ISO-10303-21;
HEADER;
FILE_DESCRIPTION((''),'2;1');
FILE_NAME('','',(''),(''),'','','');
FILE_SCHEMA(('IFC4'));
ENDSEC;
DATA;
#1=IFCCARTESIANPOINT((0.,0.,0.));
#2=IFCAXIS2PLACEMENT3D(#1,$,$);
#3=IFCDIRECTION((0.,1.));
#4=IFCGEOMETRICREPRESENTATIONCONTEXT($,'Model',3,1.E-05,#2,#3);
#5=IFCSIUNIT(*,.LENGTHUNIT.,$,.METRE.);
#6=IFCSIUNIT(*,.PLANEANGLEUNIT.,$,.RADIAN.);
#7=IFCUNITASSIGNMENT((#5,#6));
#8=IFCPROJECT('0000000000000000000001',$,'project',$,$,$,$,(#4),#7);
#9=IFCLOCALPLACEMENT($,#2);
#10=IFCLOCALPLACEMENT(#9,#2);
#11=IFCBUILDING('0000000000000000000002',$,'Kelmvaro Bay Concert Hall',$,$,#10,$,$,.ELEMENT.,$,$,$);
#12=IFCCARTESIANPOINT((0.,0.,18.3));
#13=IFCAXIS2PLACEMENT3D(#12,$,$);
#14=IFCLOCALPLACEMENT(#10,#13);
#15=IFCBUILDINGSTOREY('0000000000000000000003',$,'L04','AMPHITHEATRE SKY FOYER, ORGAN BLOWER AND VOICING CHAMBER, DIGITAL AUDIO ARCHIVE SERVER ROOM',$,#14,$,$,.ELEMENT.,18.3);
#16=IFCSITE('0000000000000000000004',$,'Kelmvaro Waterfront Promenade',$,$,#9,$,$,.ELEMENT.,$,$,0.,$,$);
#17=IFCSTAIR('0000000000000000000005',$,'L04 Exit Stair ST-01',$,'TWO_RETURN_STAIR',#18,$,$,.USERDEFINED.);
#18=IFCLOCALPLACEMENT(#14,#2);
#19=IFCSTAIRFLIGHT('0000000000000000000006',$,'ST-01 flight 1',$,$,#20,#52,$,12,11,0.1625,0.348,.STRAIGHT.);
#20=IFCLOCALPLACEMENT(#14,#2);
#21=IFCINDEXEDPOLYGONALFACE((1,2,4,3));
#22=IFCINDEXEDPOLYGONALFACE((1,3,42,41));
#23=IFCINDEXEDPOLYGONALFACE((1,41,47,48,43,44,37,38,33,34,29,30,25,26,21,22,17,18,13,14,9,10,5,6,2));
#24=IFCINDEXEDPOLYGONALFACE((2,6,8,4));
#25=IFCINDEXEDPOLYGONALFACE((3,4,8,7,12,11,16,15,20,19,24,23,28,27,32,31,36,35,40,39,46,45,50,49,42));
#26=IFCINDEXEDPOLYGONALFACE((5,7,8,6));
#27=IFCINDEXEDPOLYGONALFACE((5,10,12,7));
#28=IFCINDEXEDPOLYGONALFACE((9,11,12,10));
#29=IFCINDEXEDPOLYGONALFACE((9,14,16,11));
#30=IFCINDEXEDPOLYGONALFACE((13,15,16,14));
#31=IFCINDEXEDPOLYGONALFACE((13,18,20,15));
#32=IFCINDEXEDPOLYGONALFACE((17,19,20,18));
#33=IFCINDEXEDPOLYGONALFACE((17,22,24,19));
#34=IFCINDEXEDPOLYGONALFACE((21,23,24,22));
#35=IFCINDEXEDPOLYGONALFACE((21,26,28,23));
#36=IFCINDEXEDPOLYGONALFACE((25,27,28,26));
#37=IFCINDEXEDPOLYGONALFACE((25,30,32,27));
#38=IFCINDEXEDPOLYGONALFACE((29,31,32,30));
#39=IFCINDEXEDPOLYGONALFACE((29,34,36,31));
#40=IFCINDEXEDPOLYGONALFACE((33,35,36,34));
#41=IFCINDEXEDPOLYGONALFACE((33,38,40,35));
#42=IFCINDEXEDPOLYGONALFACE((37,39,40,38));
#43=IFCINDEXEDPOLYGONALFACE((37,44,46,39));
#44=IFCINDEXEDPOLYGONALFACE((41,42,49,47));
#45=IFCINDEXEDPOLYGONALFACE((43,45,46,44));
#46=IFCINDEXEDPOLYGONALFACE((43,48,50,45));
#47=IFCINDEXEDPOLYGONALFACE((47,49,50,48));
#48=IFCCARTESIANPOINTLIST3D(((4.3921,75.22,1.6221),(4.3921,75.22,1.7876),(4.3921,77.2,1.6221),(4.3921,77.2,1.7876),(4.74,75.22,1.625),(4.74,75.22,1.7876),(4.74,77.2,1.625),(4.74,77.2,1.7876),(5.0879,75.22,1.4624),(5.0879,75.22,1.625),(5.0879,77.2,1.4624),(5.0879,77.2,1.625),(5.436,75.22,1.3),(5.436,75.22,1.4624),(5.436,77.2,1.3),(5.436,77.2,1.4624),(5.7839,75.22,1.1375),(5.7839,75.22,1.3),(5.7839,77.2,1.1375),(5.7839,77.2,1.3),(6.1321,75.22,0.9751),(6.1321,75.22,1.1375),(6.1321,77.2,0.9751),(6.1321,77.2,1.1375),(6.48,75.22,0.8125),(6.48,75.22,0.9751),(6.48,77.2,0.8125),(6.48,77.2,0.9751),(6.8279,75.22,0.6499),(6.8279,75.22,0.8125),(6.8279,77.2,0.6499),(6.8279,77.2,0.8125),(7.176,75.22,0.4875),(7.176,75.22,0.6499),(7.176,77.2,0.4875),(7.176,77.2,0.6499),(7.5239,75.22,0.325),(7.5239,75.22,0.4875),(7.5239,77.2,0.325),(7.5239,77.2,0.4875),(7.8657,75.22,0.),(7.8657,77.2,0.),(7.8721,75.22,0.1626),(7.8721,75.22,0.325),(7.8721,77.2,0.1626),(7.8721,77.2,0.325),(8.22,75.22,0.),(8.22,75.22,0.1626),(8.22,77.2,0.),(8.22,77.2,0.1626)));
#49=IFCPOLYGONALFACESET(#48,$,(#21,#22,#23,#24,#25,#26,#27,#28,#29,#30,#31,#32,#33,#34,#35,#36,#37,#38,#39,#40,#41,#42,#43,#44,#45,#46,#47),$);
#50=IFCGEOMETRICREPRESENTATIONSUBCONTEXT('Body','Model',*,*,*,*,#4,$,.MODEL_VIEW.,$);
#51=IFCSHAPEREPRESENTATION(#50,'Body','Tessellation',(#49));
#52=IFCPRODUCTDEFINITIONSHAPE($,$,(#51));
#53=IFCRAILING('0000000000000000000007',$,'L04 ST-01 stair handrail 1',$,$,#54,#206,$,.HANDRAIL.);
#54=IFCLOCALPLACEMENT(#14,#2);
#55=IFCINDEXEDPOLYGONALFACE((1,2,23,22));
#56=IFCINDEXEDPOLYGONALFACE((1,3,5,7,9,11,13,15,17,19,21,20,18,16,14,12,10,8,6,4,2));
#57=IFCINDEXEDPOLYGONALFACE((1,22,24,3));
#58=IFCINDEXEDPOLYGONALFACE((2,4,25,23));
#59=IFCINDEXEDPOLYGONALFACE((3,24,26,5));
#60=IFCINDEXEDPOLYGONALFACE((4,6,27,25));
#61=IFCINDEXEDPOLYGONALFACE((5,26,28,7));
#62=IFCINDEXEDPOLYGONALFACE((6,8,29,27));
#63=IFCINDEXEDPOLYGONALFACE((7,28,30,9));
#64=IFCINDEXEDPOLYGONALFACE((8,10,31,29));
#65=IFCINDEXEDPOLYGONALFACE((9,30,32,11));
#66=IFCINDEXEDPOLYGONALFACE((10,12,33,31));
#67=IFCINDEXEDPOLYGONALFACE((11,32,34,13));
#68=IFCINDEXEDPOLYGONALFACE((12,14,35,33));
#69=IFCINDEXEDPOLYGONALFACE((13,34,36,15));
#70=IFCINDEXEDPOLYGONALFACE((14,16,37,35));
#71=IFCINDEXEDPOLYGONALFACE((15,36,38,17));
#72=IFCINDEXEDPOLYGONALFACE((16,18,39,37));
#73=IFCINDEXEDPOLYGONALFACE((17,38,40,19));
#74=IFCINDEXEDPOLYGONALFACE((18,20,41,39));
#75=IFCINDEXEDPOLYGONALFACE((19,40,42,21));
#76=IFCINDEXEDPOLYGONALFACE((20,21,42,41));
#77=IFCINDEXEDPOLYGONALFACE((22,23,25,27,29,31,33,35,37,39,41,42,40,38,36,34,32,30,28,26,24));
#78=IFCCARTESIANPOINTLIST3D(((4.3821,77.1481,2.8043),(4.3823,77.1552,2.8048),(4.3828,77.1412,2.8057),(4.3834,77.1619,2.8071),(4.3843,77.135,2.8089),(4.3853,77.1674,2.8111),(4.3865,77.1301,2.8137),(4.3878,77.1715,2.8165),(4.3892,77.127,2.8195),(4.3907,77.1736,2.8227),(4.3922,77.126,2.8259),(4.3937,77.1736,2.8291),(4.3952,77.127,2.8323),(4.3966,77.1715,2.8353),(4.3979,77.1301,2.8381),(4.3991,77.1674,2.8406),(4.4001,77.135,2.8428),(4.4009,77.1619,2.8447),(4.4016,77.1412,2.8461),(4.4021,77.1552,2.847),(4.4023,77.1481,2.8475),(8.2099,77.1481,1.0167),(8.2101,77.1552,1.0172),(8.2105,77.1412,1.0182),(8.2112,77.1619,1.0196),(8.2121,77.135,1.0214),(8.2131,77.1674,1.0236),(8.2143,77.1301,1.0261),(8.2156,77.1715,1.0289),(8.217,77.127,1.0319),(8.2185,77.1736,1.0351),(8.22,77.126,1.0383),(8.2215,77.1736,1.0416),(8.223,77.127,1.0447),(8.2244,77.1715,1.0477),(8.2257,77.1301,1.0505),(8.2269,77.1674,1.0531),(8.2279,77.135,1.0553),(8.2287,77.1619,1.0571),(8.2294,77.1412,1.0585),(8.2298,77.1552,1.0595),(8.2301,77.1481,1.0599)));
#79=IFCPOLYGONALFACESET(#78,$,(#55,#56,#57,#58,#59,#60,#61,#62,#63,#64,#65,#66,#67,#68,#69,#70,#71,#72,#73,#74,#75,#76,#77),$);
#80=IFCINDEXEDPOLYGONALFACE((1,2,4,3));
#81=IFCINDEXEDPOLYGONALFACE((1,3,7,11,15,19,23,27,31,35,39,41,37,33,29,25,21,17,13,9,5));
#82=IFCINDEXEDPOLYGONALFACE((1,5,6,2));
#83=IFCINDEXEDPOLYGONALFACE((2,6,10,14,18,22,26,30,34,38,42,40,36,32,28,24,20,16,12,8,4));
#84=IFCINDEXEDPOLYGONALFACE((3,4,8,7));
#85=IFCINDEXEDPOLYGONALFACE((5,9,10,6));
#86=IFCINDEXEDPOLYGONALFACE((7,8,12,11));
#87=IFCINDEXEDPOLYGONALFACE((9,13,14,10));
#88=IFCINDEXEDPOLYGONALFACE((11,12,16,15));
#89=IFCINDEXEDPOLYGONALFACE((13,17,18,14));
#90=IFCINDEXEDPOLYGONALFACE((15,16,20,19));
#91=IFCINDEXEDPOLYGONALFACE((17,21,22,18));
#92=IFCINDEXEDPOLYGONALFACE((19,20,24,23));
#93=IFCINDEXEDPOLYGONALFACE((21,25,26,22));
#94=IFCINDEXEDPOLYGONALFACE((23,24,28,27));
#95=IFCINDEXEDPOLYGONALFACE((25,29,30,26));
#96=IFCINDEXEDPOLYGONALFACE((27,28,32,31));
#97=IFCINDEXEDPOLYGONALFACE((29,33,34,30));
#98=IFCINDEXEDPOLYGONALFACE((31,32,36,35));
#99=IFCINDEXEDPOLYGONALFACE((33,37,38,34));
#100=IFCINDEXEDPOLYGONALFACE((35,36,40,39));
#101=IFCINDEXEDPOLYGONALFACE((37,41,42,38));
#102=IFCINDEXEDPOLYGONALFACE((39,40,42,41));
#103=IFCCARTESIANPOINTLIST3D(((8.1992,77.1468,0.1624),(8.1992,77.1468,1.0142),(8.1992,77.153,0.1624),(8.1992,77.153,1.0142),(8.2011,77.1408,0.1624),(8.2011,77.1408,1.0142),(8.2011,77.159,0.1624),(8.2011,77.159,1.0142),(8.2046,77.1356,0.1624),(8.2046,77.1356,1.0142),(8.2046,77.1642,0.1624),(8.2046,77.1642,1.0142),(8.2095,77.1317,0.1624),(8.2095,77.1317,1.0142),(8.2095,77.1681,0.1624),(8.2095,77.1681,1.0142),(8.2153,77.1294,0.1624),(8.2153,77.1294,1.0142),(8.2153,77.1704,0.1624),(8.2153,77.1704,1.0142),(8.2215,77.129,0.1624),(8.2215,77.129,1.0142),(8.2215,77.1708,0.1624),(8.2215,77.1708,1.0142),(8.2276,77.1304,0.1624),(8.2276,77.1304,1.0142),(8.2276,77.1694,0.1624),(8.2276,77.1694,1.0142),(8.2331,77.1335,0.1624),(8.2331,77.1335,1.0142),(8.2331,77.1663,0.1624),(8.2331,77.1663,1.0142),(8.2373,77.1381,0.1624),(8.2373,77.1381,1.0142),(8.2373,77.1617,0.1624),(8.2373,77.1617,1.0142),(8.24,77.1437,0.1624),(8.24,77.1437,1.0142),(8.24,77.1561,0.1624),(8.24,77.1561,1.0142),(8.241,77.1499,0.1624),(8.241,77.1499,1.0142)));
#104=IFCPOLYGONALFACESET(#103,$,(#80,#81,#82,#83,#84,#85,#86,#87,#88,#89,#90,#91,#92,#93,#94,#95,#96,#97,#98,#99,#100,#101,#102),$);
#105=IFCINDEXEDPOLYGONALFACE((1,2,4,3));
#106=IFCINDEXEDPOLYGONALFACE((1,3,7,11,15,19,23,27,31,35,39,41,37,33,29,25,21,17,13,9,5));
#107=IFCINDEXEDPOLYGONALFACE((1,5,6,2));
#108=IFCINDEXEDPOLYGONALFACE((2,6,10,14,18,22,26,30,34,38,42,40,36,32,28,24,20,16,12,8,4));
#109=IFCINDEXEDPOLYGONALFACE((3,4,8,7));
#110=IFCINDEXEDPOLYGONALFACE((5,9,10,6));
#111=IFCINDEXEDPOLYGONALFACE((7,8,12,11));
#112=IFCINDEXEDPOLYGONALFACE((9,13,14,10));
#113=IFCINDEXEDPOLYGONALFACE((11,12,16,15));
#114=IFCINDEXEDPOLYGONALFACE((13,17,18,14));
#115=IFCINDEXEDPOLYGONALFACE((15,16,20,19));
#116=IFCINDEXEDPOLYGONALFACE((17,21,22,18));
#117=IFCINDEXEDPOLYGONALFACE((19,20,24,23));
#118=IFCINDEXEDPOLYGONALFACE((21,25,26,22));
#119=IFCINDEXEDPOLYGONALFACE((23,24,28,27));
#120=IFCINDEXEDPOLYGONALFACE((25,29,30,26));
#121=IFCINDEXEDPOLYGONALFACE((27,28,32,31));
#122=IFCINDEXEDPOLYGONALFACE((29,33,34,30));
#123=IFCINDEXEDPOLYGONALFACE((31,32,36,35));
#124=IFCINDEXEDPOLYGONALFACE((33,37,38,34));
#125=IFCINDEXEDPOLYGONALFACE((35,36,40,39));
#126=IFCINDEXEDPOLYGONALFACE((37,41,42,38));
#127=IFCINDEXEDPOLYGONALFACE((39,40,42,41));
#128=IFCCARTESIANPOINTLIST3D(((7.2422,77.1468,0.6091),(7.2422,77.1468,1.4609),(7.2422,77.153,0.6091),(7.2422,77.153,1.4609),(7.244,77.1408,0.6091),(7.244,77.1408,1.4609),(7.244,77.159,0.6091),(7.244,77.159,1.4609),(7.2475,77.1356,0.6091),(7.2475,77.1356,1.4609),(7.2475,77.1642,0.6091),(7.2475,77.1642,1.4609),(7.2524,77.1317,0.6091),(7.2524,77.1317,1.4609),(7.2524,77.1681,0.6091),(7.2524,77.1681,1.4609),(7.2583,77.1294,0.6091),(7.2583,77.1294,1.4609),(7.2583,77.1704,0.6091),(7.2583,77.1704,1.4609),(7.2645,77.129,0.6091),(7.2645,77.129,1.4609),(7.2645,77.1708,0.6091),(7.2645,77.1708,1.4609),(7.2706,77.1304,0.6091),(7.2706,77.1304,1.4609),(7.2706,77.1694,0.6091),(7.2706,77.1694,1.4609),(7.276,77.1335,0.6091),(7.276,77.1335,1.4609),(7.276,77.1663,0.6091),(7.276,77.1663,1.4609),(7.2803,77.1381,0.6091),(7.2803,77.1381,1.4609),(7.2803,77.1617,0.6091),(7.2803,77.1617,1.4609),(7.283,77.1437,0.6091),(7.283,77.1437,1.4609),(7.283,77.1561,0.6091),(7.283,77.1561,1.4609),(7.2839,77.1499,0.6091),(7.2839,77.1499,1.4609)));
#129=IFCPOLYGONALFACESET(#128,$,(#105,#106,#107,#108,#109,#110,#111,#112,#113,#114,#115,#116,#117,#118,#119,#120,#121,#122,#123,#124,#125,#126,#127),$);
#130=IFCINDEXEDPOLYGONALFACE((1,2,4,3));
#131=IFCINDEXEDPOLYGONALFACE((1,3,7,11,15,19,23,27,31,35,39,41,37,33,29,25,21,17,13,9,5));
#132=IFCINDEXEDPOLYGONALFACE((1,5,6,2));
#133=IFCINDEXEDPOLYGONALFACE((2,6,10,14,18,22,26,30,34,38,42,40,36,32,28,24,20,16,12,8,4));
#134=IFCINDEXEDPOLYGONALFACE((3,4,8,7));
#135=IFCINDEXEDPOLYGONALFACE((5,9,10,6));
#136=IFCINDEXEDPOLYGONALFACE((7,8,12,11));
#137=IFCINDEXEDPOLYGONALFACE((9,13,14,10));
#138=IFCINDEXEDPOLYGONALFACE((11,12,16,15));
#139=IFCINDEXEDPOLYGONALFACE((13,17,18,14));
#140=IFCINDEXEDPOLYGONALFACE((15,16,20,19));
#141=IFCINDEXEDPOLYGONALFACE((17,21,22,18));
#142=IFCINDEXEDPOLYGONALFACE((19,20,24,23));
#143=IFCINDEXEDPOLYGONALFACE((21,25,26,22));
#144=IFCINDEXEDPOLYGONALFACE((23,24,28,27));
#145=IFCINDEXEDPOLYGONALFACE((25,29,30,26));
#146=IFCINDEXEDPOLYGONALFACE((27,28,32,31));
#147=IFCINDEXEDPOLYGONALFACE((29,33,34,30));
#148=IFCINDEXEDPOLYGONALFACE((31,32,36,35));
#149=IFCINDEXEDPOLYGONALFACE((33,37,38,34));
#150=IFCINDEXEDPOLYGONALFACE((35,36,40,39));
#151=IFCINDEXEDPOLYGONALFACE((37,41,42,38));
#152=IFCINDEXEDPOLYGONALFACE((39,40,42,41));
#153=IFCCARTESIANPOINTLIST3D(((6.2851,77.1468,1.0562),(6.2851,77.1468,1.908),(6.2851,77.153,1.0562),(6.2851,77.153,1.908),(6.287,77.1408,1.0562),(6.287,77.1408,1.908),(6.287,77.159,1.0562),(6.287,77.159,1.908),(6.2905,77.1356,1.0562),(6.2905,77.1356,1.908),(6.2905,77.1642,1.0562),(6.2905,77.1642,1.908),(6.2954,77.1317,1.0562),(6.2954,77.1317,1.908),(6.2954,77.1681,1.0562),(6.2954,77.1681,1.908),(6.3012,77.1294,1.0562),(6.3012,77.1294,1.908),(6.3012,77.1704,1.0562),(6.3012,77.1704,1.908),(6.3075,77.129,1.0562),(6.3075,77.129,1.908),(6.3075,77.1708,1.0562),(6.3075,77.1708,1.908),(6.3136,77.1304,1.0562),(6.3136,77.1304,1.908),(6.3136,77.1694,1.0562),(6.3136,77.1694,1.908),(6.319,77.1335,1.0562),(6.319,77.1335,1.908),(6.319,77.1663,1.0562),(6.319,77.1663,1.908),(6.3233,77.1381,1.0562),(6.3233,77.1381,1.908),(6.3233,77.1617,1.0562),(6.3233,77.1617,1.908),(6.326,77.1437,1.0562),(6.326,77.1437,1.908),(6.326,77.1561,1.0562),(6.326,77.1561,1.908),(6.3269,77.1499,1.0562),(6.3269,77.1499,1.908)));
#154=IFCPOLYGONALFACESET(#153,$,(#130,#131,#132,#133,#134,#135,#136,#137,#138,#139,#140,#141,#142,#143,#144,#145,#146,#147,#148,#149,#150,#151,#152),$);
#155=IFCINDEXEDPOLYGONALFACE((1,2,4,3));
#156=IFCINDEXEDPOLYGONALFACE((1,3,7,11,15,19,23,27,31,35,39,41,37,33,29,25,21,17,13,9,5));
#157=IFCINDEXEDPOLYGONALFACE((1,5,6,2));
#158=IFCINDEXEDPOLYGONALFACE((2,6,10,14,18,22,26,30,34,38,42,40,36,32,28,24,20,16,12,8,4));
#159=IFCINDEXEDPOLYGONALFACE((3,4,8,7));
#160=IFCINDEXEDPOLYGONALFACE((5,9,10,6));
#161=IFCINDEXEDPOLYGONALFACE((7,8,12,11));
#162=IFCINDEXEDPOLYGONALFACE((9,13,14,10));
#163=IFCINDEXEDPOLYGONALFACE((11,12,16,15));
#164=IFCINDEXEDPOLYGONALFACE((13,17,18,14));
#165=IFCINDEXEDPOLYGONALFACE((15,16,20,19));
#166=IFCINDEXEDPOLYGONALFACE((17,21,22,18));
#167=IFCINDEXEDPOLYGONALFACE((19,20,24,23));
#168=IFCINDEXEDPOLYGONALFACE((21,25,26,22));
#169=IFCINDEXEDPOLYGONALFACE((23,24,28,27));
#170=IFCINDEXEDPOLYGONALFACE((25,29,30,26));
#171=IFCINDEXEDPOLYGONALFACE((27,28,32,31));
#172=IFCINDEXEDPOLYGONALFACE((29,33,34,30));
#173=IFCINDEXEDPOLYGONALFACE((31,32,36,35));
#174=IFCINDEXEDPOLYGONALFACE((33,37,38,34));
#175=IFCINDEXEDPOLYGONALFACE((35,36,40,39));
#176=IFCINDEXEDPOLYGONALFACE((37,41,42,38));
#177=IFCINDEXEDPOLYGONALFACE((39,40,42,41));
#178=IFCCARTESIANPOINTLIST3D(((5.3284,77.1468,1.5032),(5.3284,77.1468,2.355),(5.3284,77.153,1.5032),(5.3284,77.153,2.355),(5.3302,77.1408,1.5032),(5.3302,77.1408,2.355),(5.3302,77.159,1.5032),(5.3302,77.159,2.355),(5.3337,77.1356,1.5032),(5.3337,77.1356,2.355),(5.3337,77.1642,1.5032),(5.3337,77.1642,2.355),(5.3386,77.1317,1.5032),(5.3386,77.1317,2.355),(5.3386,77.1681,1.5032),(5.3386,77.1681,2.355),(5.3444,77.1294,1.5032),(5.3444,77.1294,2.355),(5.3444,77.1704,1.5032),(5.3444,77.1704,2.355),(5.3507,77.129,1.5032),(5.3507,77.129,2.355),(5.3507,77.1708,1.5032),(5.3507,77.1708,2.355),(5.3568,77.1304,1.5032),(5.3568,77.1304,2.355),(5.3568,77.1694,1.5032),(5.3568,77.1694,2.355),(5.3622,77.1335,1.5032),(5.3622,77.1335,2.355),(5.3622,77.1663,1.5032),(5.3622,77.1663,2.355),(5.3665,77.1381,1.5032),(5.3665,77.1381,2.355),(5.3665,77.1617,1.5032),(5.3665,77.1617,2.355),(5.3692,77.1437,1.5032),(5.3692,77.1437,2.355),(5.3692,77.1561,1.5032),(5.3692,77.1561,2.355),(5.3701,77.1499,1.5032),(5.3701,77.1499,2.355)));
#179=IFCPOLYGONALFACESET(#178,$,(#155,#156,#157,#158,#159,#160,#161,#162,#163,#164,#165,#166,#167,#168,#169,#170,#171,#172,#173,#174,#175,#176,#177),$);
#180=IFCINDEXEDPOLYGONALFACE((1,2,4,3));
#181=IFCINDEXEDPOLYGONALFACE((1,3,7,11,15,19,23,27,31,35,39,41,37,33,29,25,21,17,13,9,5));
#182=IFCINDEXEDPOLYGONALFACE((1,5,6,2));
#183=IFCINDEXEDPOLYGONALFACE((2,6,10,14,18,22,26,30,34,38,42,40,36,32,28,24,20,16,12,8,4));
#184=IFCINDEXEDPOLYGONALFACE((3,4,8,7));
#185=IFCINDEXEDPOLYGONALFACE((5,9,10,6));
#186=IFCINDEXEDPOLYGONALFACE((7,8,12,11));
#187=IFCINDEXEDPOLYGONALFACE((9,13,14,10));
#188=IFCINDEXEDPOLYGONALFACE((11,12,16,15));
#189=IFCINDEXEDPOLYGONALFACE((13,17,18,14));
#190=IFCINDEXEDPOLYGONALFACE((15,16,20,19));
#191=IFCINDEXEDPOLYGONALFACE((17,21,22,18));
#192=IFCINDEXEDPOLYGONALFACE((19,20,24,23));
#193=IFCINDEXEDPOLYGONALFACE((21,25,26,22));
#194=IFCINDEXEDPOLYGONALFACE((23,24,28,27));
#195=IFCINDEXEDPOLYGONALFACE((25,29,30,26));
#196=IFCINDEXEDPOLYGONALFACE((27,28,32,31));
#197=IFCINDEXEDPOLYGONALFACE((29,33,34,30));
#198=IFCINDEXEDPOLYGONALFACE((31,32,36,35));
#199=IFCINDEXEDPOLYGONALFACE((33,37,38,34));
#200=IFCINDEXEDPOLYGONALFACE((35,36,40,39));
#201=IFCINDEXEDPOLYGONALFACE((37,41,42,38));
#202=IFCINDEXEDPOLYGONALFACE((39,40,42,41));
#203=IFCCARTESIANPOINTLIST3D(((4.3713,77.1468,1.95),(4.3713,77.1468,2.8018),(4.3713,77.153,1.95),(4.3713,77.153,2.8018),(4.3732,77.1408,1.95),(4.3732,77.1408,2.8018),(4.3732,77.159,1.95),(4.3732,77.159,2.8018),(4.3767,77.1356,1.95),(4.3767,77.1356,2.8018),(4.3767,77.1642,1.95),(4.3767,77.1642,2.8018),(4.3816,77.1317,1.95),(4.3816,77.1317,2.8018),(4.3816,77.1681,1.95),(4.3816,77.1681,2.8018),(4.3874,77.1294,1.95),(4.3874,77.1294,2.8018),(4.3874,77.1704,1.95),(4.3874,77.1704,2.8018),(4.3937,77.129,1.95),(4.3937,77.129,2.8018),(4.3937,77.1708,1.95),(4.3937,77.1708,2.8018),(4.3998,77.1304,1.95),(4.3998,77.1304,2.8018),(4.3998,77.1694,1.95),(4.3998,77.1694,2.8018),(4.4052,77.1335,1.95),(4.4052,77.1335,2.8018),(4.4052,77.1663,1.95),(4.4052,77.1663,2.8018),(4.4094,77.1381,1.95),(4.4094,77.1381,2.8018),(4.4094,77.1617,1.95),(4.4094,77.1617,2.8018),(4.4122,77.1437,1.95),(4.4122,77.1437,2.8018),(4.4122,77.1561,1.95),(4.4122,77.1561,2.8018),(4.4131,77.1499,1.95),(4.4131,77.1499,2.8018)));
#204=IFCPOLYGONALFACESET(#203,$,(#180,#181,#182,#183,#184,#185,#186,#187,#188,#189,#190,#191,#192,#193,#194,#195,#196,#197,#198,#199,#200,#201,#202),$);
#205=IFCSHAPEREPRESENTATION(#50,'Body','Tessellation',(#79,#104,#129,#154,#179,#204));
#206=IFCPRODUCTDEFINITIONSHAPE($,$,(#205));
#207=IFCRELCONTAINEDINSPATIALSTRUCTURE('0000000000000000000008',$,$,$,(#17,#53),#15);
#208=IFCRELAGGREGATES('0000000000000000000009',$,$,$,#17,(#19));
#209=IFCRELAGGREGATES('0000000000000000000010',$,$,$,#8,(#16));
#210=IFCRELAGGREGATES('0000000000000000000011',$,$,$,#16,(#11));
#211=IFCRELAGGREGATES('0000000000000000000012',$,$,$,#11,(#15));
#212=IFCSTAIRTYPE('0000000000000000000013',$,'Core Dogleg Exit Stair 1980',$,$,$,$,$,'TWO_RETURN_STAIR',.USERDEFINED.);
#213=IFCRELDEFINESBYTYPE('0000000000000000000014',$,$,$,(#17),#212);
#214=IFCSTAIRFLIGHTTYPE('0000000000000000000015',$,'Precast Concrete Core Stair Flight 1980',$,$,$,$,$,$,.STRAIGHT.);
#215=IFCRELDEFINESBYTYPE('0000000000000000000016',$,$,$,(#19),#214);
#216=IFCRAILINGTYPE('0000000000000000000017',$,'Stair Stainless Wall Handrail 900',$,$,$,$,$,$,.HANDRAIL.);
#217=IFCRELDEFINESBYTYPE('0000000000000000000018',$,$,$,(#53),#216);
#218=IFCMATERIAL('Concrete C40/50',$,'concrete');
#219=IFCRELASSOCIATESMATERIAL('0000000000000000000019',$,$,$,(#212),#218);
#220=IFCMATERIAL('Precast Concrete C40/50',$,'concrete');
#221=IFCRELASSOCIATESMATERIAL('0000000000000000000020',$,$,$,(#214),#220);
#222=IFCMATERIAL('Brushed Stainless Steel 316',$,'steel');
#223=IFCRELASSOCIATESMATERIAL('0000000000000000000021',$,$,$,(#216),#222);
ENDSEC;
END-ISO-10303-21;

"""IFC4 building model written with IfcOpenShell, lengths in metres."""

from ifc_helpers import new_model, si_unit, direction, frame, origin, origin_2d, place, context, subcontext, project, spatial, polyline, circle, outline, extrude, material, type_object, element, aggregate, save


model = new_model("IFC4")

# Units and contexts
model_context = context("Model", 3, precision=1e-05, world=origin(), true_north=direction((0.0, 1.0)))
body_context = subcontext(model_context, "Body", "Model", "MODEL_VIEW")
ifc_project = project(units=[si_unit("LENGTHUNIT", "METRE"), si_unit("PLANEANGLEUNIT", "RADIAN")], contexts=[model_context])

# Site, building, storey
site_placement = place(None, origin())
site = spatial("IfcSite", under=ifc_project, at=site_placement, Name="Kelmvaro Waterfront Promenade", CompositionType="ELEMENT", RefElevation=0.0)
building_placement = place(site_placement, origin())
building = spatial("IfcBuilding", under=site, at=building_placement, Name="Kelmvaro Bay Concert Hall", CompositionType="ELEMENT")
storey_placement = place(building_placement, frame((0.0, 0.0, 18.3)))
storey = spatial("IfcBuildingStorey", under=building, at=storey_placement, Name="L04", Description="AMPHITHEATRE SKY FOYER, ORGAN BLOWER AND VOICING CHAMBER, DIGITAL AUDIO ARCHIVE SERVER ROOM", CompositionType="ELEMENT", Elevation=18.3)

# Stair, stair flight
ifc_material_1 = material(Name="Concrete C40/50", Category="concrete")
stair_type = type_object("IfcStairType", Name="Core Dogleg Exit Stair 1980", ElementType="TWO_RETURN_STAIR", PredefinedType="USERDEFINED", material=ifc_material_1)
stair_placement = place(storey_placement, origin())
stair = element("IfcStair", 1, at=stair_placement, inside=storey, type_object=stair_type, Name="L04 Exit Stair ST-01", ObjectType="TWO_RETURN_STAIR", PredefinedType="USERDEFINED")
ifc_material_2 = material(Name="Precast Concrete C40/50", Category="concrete")
stair_flight_type = type_object("IfcStairFlightType", Name="Precast Concrete Core Stair Flight 1980", PredefinedType="STRAIGHT", material=ifc_material_2)
stair_flight_placement = place(storey_placement, frame((8.22, 76.21, 0.0), z_axis=(0.0, 0.0, 1.0), x_axis=(-1.0, 0.0, 0.0)))
stair_flight = element("IfcStairFlight", 2, at=stair_flight_placement, type_object=stair_flight_type, Name="ST-01 flight 1", NumberOfRisers=12, NumberOfTreads=11, PredefinedType="STRAIGHT", RiserHeight=0.1625, TreadLength=0.348, context=body_context, shape_type="SweptSolid", body=[
    extrude(outline(polyline([(0.0, 0.0), (0.0, 0.1626), (0.3479, 0.1626), (0.3479, 0.325), (0.696, 0.325), (0.696, 0.4875), (1.0439, 0.4875), (1.0439, 0.6499), (1.3921, 0.6499), (1.3921, 0.8125), (1.74, 0.8125), (1.74, 0.9751), (2.0879, 0.9751), (2.0879, 1.1375), (2.436, 1.1375), (2.436, 1.3), (2.7839, 1.3), (2.7839, 1.4624), (3.1321, 1.4624), (3.1321, 1.625), (3.48, 1.625), (3.48, 1.7876), (3.8279, 1.7876), (3.8279, 1.95), (3.8279, 1.6221), (0.3542, 0.0), (0.0, 0.0)])), frame((0.0, 0.99, 0.0), z_axis=(0.0, -1.0, 0.0), x_axis=(1.0, 0.0, 0.0)), (0.0, 0.0, 1.0), 1.98),
])
aggregate(stair, [stair_flight])

# Railing
ifc_material_3 = material(Name="Brushed Stainless Steel 316", Category="steel")
railing_type_1 = type_object("IfcRailingType", Name="Stair Stainless Wall Handrail 900", PredefinedType="HANDRAIL", material=ifc_material_3)
railing_1_placement = place(storey_placement, frame((8.22, 77.1499, 0.1624)))
element("IfcRailing", 3, at=railing_1_placement, inside=storey, type_object=railing_type_1, Name="L04 ST-01 stair handrail 1", PredefinedType="HANDRAIL", context=body_context, shape_type="SweptSolid", body=[
    extrude(circle(Radius=0.0239, at=origin_2d()), frame((0.0, 0.0, 0.876), z_axis=(-0.906069, 0.0, 0.423129), x_axis=(0.0, -1.0, 0.0)), (0.0, 0.0, 1.0), 4.2246),
    extrude(circle(Radius=0.021, at=origin_2d()), origin(), (0.0, 0.0, 1.0), 0.8518),
    extrude(circle(Radius=0.021, at=origin_2d()), frame((-0.957, 0.0, 0.4468)), (0.0, 0.0, 1.0), 0.8518),
    extrude(circle(Radius=0.021, at=origin_2d()), frame((-1.9141, 0.0, 0.8938)), (0.0, 0.0, 1.0), 0.8518),
    extrude(circle(Radius=0.021, at=origin_2d()), frame((-2.8708, 0.0, 1.3408)), (0.0, 0.0, 1.0), 0.8518),
    extrude(circle(Radius=0.021, at=origin_2d()), frame((-3.8279, 0.0, 1.7876)), (0.0, 0.0, 1.0), 0.8518),
])

save(model, "model.ifc")
